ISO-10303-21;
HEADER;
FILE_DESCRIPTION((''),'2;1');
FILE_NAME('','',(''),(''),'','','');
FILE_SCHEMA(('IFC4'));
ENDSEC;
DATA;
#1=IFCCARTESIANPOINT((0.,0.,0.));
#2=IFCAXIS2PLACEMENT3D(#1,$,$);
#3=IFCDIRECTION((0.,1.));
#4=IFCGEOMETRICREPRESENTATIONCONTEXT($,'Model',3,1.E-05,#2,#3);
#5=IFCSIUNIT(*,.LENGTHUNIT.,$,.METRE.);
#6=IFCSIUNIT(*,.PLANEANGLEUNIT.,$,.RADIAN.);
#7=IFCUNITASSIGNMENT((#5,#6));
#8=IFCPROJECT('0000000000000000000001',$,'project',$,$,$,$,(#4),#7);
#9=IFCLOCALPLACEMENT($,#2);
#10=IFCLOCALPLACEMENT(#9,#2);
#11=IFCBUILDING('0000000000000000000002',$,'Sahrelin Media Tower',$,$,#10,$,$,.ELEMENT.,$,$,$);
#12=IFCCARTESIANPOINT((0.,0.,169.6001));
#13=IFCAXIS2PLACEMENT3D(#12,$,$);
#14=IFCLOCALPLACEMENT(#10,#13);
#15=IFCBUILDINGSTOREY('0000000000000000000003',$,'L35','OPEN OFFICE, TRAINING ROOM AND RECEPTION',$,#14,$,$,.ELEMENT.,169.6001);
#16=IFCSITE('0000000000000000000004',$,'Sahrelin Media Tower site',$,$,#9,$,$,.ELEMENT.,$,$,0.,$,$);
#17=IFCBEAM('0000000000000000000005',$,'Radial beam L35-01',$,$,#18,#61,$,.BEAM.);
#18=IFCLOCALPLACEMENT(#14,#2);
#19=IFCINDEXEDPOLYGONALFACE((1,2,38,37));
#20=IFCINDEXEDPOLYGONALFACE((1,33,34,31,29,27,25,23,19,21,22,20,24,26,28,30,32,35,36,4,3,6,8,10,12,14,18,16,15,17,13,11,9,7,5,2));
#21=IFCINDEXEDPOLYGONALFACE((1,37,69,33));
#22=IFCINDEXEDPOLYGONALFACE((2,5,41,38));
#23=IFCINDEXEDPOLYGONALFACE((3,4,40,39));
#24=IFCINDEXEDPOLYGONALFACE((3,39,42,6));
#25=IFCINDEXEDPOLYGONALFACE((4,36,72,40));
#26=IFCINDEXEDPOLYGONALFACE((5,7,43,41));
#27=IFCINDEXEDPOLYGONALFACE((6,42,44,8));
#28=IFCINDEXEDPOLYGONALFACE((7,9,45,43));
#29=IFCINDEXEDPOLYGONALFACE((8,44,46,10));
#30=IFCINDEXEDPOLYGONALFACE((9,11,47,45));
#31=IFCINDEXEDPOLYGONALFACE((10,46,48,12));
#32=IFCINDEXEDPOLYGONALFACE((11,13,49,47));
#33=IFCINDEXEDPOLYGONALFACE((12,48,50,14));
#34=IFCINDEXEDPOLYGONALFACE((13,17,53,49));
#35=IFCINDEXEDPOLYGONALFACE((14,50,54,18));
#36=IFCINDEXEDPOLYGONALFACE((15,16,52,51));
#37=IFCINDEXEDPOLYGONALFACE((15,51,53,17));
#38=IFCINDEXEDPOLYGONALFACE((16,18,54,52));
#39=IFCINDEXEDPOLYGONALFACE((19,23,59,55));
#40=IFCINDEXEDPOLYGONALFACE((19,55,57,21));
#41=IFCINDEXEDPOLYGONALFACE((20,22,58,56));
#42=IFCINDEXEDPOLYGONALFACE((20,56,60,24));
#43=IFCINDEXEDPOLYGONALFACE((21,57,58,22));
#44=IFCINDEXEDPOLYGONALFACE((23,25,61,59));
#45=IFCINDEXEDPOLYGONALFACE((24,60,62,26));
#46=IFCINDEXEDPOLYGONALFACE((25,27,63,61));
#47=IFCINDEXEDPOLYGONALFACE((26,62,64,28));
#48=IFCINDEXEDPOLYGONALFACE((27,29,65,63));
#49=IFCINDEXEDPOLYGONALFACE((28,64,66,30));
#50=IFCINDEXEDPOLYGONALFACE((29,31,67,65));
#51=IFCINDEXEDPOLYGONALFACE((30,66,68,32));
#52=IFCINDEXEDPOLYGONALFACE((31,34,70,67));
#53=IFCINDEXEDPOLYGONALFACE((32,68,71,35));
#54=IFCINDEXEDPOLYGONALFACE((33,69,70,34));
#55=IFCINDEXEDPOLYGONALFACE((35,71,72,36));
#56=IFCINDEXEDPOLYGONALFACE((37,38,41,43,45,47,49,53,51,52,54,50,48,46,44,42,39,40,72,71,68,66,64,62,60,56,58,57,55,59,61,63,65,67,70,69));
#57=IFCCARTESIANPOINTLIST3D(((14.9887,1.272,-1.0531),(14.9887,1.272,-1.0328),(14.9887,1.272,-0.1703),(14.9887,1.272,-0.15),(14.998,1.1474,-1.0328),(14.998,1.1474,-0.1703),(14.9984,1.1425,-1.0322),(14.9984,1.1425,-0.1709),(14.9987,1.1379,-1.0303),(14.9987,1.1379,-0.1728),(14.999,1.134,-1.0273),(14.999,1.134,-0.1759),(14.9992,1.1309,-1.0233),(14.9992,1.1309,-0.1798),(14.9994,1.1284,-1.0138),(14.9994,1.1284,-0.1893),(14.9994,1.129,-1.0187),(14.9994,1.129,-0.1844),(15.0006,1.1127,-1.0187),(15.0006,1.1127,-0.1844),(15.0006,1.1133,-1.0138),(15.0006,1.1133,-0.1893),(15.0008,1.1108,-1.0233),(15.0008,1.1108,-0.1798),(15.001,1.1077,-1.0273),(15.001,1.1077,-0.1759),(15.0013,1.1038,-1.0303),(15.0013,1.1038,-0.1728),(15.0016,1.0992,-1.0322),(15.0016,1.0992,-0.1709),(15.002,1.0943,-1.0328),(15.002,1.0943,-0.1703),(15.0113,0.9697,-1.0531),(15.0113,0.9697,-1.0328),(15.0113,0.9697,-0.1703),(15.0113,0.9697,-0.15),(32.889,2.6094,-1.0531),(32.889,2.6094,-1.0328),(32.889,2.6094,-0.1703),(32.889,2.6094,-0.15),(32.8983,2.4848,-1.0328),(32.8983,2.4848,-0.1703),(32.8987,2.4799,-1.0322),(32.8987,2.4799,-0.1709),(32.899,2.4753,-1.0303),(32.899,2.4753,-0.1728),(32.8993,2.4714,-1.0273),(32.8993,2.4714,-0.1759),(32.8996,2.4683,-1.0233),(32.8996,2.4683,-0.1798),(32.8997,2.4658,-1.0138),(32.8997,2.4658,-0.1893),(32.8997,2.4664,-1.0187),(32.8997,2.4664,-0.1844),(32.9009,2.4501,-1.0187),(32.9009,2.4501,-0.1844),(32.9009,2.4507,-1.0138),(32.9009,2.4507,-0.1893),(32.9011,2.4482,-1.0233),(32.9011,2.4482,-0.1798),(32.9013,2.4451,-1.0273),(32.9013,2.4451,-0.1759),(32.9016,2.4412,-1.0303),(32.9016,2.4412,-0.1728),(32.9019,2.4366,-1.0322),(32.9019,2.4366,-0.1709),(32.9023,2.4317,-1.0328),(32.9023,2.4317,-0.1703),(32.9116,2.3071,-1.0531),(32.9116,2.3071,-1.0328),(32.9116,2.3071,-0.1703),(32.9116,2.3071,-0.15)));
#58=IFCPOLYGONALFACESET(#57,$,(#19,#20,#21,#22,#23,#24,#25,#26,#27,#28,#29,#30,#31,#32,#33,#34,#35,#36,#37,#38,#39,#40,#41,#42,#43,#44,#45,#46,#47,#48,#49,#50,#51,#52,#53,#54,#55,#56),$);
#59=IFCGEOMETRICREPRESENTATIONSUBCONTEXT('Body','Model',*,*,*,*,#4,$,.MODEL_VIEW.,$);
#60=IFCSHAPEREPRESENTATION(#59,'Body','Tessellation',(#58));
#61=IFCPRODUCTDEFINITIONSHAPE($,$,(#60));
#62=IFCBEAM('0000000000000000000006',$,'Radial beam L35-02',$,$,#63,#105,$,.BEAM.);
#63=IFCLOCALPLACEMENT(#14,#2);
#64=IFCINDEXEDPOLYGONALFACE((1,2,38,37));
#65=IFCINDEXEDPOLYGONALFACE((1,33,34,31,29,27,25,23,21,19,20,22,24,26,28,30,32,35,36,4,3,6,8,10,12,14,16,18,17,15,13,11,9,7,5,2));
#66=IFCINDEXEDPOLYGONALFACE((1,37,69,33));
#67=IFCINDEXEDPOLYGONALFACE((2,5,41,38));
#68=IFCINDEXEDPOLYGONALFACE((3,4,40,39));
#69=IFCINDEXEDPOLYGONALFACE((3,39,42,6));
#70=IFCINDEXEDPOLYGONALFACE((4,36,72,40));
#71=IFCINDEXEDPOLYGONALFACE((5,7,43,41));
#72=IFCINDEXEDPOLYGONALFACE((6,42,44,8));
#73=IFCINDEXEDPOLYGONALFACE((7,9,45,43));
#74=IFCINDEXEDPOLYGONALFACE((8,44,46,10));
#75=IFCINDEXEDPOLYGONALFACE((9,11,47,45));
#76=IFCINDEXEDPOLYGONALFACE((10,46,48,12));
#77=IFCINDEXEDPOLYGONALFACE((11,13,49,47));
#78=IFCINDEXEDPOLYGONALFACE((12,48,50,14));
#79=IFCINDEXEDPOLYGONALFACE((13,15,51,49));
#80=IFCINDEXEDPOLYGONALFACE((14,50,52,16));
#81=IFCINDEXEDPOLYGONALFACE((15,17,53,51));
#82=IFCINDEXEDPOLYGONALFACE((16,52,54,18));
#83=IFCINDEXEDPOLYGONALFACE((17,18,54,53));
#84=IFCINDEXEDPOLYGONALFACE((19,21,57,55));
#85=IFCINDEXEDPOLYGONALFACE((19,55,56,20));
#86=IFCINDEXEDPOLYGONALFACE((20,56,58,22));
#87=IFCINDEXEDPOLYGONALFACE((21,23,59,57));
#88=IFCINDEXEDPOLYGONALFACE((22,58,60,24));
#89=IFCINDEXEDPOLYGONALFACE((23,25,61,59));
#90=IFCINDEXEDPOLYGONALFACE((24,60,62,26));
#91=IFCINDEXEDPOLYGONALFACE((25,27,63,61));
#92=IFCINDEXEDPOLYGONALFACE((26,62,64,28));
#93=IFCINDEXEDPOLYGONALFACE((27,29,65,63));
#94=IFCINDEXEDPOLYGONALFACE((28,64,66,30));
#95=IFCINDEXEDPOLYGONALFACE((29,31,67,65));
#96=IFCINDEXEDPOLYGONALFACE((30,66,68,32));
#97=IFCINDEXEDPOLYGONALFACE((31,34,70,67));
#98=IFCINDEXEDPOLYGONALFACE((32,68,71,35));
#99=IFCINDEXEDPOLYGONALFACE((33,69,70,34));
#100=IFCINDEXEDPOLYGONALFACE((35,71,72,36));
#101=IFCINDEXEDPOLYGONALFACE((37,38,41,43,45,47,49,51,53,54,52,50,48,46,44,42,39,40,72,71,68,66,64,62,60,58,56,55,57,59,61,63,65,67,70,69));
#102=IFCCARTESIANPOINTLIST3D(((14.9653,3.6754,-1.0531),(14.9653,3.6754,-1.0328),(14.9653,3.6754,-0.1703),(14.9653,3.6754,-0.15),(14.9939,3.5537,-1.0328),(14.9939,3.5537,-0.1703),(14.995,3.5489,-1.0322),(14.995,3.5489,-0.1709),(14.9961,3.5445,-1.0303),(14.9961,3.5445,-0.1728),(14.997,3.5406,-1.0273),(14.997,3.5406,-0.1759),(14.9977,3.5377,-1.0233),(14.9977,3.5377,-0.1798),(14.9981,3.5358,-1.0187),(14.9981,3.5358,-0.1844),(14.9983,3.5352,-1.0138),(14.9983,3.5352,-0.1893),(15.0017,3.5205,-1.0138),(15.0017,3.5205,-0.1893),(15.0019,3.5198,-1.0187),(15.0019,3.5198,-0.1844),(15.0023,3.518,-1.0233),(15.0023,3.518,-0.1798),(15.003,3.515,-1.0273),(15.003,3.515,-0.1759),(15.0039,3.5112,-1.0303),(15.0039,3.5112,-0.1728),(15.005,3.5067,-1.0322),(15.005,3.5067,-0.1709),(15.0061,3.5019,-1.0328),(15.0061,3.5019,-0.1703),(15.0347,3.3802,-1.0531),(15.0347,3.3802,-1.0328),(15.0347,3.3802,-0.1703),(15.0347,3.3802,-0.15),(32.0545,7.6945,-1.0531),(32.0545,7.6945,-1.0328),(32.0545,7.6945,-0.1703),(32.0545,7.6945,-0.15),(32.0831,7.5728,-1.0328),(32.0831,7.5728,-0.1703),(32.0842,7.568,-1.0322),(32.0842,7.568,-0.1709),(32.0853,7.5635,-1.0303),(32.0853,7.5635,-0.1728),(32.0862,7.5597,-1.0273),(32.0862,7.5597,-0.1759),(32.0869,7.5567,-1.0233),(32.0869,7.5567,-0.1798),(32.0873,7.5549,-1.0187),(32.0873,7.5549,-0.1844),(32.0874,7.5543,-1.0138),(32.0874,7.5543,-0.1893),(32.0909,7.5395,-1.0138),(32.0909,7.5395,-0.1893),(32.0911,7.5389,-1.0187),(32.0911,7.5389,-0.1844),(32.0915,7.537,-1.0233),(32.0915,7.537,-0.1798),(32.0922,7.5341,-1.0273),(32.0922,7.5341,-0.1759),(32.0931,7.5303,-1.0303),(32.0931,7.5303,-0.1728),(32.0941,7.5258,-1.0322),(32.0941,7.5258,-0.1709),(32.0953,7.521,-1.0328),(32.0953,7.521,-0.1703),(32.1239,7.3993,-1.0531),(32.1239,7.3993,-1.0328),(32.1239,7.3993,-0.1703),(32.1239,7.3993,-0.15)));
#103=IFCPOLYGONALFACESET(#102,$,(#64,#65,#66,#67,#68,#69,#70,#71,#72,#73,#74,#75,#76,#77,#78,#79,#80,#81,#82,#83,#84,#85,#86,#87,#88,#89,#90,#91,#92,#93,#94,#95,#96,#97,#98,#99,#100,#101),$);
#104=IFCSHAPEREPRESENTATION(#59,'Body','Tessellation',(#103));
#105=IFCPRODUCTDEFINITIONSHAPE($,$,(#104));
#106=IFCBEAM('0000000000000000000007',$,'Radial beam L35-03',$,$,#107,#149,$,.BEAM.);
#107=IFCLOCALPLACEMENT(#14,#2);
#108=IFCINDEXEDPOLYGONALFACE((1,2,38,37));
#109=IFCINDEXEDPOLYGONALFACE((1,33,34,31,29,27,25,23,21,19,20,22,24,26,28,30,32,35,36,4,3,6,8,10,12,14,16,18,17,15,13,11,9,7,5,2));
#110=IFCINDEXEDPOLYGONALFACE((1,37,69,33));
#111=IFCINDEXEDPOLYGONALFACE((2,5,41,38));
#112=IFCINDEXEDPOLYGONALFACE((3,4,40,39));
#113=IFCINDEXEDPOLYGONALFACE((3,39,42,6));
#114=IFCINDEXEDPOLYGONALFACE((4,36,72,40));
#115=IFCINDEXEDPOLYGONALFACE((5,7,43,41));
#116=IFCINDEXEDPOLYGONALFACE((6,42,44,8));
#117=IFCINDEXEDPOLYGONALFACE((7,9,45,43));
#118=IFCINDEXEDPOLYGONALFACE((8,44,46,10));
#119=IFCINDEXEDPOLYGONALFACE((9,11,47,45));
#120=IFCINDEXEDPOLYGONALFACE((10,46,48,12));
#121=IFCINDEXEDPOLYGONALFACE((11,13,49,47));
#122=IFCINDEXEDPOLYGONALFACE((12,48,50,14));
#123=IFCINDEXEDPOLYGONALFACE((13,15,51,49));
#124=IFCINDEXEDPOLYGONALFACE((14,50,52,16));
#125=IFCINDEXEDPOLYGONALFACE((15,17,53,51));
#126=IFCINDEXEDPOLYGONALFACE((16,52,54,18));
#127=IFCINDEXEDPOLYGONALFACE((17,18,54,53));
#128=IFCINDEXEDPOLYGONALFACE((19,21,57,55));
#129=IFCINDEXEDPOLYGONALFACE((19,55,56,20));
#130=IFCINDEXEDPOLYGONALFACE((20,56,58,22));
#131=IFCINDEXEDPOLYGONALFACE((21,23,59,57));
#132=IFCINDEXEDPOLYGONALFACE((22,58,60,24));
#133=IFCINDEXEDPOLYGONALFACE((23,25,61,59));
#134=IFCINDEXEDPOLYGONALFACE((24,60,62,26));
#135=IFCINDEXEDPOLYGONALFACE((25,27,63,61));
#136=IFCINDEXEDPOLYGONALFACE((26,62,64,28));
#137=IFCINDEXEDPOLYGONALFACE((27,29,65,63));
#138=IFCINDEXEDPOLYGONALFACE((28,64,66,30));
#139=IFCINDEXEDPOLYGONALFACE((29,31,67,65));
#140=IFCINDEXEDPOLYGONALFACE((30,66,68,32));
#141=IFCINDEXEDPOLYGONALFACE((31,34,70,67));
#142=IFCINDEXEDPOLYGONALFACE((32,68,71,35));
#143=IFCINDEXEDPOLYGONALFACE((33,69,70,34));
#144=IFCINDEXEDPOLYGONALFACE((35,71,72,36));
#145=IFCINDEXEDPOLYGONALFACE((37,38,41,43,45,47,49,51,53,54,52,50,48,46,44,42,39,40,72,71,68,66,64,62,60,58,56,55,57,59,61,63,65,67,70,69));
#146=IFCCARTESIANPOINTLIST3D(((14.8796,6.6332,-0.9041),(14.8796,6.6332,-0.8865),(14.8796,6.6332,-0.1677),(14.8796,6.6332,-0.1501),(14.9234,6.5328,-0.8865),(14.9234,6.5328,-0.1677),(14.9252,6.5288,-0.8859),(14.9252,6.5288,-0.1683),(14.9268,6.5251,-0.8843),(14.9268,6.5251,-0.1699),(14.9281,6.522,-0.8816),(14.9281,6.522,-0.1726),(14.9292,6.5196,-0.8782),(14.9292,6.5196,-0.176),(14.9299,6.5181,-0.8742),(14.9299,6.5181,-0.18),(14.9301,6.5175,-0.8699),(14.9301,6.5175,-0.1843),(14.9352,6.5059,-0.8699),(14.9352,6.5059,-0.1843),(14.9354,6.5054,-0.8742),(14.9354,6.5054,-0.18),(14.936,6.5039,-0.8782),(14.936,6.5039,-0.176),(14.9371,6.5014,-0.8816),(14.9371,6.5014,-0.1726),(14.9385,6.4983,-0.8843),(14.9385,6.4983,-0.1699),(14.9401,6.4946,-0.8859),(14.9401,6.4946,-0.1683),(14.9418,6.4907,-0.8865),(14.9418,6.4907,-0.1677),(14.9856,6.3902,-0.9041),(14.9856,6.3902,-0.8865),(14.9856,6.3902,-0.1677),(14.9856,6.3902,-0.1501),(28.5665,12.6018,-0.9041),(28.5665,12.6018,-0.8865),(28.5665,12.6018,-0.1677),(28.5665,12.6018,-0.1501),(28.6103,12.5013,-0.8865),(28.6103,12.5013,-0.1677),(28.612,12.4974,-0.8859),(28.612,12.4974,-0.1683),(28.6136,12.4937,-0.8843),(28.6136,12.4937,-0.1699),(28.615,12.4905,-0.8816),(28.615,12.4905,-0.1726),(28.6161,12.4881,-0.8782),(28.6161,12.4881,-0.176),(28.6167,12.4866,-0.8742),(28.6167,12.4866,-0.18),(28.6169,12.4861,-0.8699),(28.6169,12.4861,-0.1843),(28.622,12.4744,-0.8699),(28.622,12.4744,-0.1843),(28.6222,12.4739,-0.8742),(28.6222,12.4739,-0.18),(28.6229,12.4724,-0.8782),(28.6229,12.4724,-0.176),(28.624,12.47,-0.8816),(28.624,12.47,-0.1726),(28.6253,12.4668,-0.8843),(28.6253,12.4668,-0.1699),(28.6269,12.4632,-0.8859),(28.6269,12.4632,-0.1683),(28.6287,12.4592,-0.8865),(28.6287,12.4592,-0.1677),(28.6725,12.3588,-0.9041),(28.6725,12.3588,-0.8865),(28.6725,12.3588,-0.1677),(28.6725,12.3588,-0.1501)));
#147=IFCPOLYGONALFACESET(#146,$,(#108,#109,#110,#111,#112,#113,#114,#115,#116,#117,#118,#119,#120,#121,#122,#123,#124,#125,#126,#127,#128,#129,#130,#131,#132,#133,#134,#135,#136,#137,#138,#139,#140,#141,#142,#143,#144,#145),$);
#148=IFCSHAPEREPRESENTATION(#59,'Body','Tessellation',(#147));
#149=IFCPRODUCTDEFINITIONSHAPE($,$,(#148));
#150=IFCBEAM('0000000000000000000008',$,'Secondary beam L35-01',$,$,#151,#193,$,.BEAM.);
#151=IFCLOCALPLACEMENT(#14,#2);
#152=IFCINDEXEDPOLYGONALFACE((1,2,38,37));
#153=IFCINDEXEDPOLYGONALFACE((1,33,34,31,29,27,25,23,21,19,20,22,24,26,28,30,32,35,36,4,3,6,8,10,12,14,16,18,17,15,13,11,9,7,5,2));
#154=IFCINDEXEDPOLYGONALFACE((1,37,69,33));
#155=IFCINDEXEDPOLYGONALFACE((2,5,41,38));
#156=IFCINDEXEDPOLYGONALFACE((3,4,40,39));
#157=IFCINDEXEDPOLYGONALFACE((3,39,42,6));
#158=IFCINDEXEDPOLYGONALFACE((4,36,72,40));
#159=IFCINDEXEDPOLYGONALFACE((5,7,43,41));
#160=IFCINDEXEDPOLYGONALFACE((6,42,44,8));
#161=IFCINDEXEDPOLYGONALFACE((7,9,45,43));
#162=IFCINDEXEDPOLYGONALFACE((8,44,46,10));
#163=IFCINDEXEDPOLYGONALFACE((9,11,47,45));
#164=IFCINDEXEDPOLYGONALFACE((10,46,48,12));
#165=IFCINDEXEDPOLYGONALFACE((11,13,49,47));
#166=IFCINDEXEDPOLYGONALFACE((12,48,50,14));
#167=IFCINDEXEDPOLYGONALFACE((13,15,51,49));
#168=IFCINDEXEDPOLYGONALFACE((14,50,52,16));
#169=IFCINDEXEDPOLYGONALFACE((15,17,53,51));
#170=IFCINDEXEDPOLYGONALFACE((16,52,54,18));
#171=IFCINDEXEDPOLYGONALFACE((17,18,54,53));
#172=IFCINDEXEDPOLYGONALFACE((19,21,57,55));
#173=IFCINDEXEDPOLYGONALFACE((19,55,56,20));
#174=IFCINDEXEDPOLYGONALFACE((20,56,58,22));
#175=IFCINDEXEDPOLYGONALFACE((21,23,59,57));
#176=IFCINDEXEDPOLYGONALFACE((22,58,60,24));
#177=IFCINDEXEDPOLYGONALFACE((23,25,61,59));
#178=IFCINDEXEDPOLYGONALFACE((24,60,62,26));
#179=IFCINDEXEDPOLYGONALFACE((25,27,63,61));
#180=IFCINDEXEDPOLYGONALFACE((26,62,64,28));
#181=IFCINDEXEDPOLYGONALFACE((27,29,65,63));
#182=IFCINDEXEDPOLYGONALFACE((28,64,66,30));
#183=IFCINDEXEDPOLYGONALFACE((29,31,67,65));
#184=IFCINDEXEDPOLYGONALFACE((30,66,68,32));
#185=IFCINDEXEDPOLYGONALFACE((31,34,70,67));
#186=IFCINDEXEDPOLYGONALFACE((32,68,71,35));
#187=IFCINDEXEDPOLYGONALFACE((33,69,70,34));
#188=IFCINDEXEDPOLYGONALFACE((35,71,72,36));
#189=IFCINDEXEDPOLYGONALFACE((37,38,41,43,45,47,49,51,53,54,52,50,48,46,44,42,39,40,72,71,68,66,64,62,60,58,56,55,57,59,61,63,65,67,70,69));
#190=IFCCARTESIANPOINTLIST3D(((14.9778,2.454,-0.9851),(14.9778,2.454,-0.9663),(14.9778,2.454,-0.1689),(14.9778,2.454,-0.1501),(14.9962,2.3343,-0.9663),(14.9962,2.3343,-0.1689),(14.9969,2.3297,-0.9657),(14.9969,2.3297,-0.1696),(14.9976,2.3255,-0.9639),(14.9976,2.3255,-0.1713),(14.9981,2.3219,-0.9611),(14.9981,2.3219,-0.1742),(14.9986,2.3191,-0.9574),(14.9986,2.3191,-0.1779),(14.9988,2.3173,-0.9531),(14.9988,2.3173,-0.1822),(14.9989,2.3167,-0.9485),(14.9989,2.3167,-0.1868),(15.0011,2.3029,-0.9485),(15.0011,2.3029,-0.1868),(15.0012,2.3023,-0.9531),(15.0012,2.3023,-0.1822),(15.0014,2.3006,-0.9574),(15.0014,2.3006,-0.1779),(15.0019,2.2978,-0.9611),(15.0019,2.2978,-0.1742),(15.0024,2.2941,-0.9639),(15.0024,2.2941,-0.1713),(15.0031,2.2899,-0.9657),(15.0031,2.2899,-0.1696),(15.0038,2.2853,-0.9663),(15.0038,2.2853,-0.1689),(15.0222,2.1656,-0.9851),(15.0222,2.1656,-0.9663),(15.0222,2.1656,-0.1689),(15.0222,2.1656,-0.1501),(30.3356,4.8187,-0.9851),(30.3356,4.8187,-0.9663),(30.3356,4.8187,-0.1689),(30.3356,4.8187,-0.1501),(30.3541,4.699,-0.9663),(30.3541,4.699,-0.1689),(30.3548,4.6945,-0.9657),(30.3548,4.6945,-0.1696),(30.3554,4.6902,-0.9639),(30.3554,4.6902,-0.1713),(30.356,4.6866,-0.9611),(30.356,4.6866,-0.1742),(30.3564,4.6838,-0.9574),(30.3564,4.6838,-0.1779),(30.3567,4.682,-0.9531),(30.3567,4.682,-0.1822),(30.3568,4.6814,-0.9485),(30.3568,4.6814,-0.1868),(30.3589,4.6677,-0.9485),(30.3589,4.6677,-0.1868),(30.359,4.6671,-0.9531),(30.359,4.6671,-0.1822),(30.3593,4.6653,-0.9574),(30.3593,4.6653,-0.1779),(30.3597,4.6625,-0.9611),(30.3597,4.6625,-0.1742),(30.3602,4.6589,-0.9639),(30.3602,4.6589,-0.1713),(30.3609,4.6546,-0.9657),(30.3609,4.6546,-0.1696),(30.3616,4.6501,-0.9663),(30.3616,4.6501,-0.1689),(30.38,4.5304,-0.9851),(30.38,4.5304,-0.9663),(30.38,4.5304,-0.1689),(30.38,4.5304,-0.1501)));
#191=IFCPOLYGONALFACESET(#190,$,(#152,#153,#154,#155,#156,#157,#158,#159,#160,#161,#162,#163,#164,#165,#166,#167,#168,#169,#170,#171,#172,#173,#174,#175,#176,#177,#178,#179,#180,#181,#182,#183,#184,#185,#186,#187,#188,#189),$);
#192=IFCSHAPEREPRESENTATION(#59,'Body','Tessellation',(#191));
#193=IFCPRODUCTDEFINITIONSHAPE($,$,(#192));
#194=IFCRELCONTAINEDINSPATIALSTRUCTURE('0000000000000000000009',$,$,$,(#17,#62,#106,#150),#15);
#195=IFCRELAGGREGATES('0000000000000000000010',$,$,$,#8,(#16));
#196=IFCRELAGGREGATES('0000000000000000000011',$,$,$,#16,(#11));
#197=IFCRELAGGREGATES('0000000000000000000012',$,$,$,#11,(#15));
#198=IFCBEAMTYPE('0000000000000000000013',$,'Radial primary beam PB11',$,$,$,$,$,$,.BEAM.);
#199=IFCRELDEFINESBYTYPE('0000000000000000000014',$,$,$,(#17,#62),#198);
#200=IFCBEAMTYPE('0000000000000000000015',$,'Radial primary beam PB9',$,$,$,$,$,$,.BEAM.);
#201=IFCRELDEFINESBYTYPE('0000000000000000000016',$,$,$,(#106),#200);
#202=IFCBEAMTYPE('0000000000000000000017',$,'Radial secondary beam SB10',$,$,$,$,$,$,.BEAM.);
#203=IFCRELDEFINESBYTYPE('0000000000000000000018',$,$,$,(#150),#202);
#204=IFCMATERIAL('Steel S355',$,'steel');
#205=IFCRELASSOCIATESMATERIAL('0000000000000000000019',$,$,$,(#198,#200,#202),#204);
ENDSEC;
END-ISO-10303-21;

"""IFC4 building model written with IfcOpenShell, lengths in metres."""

from ifc_helpers import new_model, si_unit, direction, frame, origin, origin_2d, place, context, subcontext, project, spatial, i_section, extrude, material, material_profile, profile_set, type_object, element, save


model = new_model("IFC4")

# Units and contexts
model_context = context("Model", 3, precision=1e-05, world=origin(), true_north=direction((0.0, 1.0)))
body_context = subcontext(model_context, "Body", "Model", "MODEL_VIEW")
ifc_project = project(units=[si_unit("LENGTHUNIT", "METRE"), si_unit("PLANEANGLEUNIT", "RADIAN")], contexts=[model_context])

# Site, building, storey
site_placement = place(None, origin())
site = spatial("IfcSite", under=ifc_project, at=site_placement, Name="Sahrelin Media Tower site", CompositionType="ELEMENT", RefElevation=0.0)
building_placement = place(site_placement, origin())
building = spatial("IfcBuilding", under=site, at=building_placement, Name="Sahrelin Media Tower", CompositionType="ELEMENT")
storey_placement = place(building_placement, frame((0.0, 0.0, 169.6001)))
storey = spatial("IfcBuildingStorey", under=building, at=storey_placement, Name="L35", Description="OPEN OFFICE, TRAINING ROOM AND RECEPTION", CompositionType="ELEMENT", Elevation=169.6001)

# Beams
ifc_material_1 = material(Name="Steel S355", Category="steel")
ifc_material_profile_1 = material_profile(ifc_material_1, i_section(OverallWidth=0.3032, OverallDepth=0.9031, WebThickness=0.0151, FlangeThickness=0.0203, FilletRadius=0.019, at=origin_2d()), Name="UB 914x305x201")
ifc_profile_set_1 = profile_set([ifc_material_profile_1], Name="Steel S355")
beam_type_1 = type_object("IfcBeamType", Name="Radial primary beam PB11", PredefinedType="BEAM", material=ifc_profile_set_1)
beam_1_placement = place(storey_placement, frame((15.0, 1.1208, -0.6016), z_axis=(0.997221, 0.074506, 0.0), x_axis=(-0.074506, 0.997221, 0.0)))
element("IfcBeam", 1, at=beam_1_placement, inside=storey, type_object=beam_type_1, Name="Radial beam L35-01", PredefinedType="BEAM", context=body_context, shape_type="SweptSolid", body=[
    extrude(i_section(OverallWidth=0.3032, OverallDepth=0.9031, WebThickness=0.0151, FlangeThickness=0.0203, FilletRadius=0.019, at=origin_2d()), origin(), (0.0, 0.0, 1.0), 17.9502),
])
beam_2_placement = place(storey_placement, frame((15.0, 3.5278, -0.6016), z_axis=(0.973442, 0.228935, 0.0), x_axis=(-0.228935, 0.973442, 0.0)))
element("IfcBeam", 2, at=beam_2_placement, inside=storey, type_object=beam_type_1, Name="Radial beam L35-02", PredefinedType="BEAM", context=body_context, shape_type="SweptSolid", body=[
    extrude(i_section(OverallWidth=0.3032, OverallDepth=0.9031, WebThickness=0.0151, FlangeThickness=0.0203, FilletRadius=0.019, at=origin_2d()), origin(), (0.0, 0.0, 1.0), 17.5554),
])
ifc_material_profile_2 = material_profile(ifc_material_1, i_section(OverallWidth=0.2651, OverallDepth=0.7539, WebThickness=0.0127, FlangeThickness=0.0176, FilletRadius=0.0166, at=origin_2d()), Name="UB 762x267x147")
ifc_profile_set_2 = profile_set([ifc_material_profile_2], Name="Steel S355")
beam_type_2 = type_object("IfcBeamType", Name="Radial primary beam PB9", PredefinedType="BEAM", material=ifc_profile_set_2)
beam_3_placement = place(storey_placement, frame((14.9326, 6.5117, -0.5271), z_axis=(0.916635, 0.399725, 0.0), x_axis=(-0.399725, 0.916635, 0.0)))
element("IfcBeam", 3, at=beam_3_placement, inside=storey, type_object=beam_type_2, Name="Radial beam L35-03", PredefinedType="BEAM", context=body_context, shape_type="SweptSolid", body=[
    extrude(i_section(OverallWidth=0.2651, OverallDepth=0.7539, WebThickness=0.0127, FlangeThickness=0.0176, FilletRadius=0.0166, at=origin_2d()), origin(), (0.0, 0.0, 1.0), 14.9316),
])
ifc_material_profile_3 = material_profile(ifc_material_1, i_section(OverallWidth=0.2917, OverallDepth=0.835, WebThickness=0.0139, FlangeThickness=0.0188, FilletRadius=0.0178, at=origin_2d()), Name="UB 838x292x176")
ifc_profile_set_3 = profile_set([ifc_material_profile_3], Name="Steel S355")
beam_type_3 = type_object("IfcBeamType", Name="Radial secondary beam SB10", PredefinedType="BEAM", material=ifc_profile_set_3)
beam_4_placement = place(storey_placement, frame((15.0, 2.3098, -0.5676), z_axis=(0.988352, 0.152182, 0.0), x_axis=(-0.152182, 0.988352, 0.0)))
element("IfcBeam", 4, at=beam_4_placement, inside=storey, type_object=beam_type_3, Name="Secondary beam L35-01", PredefinedType="BEAM", context=body_context, shape_type="SweptSolid", body=[
    extrude(i_section(OverallWidth=0.2917, OverallDepth=0.835, WebThickness=0.0139, FlangeThickness=0.0188, FilletRadius=0.0178, at=origin_2d()), origin(), (0.0, 0.0, 1.0), 15.5388),
])

save(model, "model.ifc")
